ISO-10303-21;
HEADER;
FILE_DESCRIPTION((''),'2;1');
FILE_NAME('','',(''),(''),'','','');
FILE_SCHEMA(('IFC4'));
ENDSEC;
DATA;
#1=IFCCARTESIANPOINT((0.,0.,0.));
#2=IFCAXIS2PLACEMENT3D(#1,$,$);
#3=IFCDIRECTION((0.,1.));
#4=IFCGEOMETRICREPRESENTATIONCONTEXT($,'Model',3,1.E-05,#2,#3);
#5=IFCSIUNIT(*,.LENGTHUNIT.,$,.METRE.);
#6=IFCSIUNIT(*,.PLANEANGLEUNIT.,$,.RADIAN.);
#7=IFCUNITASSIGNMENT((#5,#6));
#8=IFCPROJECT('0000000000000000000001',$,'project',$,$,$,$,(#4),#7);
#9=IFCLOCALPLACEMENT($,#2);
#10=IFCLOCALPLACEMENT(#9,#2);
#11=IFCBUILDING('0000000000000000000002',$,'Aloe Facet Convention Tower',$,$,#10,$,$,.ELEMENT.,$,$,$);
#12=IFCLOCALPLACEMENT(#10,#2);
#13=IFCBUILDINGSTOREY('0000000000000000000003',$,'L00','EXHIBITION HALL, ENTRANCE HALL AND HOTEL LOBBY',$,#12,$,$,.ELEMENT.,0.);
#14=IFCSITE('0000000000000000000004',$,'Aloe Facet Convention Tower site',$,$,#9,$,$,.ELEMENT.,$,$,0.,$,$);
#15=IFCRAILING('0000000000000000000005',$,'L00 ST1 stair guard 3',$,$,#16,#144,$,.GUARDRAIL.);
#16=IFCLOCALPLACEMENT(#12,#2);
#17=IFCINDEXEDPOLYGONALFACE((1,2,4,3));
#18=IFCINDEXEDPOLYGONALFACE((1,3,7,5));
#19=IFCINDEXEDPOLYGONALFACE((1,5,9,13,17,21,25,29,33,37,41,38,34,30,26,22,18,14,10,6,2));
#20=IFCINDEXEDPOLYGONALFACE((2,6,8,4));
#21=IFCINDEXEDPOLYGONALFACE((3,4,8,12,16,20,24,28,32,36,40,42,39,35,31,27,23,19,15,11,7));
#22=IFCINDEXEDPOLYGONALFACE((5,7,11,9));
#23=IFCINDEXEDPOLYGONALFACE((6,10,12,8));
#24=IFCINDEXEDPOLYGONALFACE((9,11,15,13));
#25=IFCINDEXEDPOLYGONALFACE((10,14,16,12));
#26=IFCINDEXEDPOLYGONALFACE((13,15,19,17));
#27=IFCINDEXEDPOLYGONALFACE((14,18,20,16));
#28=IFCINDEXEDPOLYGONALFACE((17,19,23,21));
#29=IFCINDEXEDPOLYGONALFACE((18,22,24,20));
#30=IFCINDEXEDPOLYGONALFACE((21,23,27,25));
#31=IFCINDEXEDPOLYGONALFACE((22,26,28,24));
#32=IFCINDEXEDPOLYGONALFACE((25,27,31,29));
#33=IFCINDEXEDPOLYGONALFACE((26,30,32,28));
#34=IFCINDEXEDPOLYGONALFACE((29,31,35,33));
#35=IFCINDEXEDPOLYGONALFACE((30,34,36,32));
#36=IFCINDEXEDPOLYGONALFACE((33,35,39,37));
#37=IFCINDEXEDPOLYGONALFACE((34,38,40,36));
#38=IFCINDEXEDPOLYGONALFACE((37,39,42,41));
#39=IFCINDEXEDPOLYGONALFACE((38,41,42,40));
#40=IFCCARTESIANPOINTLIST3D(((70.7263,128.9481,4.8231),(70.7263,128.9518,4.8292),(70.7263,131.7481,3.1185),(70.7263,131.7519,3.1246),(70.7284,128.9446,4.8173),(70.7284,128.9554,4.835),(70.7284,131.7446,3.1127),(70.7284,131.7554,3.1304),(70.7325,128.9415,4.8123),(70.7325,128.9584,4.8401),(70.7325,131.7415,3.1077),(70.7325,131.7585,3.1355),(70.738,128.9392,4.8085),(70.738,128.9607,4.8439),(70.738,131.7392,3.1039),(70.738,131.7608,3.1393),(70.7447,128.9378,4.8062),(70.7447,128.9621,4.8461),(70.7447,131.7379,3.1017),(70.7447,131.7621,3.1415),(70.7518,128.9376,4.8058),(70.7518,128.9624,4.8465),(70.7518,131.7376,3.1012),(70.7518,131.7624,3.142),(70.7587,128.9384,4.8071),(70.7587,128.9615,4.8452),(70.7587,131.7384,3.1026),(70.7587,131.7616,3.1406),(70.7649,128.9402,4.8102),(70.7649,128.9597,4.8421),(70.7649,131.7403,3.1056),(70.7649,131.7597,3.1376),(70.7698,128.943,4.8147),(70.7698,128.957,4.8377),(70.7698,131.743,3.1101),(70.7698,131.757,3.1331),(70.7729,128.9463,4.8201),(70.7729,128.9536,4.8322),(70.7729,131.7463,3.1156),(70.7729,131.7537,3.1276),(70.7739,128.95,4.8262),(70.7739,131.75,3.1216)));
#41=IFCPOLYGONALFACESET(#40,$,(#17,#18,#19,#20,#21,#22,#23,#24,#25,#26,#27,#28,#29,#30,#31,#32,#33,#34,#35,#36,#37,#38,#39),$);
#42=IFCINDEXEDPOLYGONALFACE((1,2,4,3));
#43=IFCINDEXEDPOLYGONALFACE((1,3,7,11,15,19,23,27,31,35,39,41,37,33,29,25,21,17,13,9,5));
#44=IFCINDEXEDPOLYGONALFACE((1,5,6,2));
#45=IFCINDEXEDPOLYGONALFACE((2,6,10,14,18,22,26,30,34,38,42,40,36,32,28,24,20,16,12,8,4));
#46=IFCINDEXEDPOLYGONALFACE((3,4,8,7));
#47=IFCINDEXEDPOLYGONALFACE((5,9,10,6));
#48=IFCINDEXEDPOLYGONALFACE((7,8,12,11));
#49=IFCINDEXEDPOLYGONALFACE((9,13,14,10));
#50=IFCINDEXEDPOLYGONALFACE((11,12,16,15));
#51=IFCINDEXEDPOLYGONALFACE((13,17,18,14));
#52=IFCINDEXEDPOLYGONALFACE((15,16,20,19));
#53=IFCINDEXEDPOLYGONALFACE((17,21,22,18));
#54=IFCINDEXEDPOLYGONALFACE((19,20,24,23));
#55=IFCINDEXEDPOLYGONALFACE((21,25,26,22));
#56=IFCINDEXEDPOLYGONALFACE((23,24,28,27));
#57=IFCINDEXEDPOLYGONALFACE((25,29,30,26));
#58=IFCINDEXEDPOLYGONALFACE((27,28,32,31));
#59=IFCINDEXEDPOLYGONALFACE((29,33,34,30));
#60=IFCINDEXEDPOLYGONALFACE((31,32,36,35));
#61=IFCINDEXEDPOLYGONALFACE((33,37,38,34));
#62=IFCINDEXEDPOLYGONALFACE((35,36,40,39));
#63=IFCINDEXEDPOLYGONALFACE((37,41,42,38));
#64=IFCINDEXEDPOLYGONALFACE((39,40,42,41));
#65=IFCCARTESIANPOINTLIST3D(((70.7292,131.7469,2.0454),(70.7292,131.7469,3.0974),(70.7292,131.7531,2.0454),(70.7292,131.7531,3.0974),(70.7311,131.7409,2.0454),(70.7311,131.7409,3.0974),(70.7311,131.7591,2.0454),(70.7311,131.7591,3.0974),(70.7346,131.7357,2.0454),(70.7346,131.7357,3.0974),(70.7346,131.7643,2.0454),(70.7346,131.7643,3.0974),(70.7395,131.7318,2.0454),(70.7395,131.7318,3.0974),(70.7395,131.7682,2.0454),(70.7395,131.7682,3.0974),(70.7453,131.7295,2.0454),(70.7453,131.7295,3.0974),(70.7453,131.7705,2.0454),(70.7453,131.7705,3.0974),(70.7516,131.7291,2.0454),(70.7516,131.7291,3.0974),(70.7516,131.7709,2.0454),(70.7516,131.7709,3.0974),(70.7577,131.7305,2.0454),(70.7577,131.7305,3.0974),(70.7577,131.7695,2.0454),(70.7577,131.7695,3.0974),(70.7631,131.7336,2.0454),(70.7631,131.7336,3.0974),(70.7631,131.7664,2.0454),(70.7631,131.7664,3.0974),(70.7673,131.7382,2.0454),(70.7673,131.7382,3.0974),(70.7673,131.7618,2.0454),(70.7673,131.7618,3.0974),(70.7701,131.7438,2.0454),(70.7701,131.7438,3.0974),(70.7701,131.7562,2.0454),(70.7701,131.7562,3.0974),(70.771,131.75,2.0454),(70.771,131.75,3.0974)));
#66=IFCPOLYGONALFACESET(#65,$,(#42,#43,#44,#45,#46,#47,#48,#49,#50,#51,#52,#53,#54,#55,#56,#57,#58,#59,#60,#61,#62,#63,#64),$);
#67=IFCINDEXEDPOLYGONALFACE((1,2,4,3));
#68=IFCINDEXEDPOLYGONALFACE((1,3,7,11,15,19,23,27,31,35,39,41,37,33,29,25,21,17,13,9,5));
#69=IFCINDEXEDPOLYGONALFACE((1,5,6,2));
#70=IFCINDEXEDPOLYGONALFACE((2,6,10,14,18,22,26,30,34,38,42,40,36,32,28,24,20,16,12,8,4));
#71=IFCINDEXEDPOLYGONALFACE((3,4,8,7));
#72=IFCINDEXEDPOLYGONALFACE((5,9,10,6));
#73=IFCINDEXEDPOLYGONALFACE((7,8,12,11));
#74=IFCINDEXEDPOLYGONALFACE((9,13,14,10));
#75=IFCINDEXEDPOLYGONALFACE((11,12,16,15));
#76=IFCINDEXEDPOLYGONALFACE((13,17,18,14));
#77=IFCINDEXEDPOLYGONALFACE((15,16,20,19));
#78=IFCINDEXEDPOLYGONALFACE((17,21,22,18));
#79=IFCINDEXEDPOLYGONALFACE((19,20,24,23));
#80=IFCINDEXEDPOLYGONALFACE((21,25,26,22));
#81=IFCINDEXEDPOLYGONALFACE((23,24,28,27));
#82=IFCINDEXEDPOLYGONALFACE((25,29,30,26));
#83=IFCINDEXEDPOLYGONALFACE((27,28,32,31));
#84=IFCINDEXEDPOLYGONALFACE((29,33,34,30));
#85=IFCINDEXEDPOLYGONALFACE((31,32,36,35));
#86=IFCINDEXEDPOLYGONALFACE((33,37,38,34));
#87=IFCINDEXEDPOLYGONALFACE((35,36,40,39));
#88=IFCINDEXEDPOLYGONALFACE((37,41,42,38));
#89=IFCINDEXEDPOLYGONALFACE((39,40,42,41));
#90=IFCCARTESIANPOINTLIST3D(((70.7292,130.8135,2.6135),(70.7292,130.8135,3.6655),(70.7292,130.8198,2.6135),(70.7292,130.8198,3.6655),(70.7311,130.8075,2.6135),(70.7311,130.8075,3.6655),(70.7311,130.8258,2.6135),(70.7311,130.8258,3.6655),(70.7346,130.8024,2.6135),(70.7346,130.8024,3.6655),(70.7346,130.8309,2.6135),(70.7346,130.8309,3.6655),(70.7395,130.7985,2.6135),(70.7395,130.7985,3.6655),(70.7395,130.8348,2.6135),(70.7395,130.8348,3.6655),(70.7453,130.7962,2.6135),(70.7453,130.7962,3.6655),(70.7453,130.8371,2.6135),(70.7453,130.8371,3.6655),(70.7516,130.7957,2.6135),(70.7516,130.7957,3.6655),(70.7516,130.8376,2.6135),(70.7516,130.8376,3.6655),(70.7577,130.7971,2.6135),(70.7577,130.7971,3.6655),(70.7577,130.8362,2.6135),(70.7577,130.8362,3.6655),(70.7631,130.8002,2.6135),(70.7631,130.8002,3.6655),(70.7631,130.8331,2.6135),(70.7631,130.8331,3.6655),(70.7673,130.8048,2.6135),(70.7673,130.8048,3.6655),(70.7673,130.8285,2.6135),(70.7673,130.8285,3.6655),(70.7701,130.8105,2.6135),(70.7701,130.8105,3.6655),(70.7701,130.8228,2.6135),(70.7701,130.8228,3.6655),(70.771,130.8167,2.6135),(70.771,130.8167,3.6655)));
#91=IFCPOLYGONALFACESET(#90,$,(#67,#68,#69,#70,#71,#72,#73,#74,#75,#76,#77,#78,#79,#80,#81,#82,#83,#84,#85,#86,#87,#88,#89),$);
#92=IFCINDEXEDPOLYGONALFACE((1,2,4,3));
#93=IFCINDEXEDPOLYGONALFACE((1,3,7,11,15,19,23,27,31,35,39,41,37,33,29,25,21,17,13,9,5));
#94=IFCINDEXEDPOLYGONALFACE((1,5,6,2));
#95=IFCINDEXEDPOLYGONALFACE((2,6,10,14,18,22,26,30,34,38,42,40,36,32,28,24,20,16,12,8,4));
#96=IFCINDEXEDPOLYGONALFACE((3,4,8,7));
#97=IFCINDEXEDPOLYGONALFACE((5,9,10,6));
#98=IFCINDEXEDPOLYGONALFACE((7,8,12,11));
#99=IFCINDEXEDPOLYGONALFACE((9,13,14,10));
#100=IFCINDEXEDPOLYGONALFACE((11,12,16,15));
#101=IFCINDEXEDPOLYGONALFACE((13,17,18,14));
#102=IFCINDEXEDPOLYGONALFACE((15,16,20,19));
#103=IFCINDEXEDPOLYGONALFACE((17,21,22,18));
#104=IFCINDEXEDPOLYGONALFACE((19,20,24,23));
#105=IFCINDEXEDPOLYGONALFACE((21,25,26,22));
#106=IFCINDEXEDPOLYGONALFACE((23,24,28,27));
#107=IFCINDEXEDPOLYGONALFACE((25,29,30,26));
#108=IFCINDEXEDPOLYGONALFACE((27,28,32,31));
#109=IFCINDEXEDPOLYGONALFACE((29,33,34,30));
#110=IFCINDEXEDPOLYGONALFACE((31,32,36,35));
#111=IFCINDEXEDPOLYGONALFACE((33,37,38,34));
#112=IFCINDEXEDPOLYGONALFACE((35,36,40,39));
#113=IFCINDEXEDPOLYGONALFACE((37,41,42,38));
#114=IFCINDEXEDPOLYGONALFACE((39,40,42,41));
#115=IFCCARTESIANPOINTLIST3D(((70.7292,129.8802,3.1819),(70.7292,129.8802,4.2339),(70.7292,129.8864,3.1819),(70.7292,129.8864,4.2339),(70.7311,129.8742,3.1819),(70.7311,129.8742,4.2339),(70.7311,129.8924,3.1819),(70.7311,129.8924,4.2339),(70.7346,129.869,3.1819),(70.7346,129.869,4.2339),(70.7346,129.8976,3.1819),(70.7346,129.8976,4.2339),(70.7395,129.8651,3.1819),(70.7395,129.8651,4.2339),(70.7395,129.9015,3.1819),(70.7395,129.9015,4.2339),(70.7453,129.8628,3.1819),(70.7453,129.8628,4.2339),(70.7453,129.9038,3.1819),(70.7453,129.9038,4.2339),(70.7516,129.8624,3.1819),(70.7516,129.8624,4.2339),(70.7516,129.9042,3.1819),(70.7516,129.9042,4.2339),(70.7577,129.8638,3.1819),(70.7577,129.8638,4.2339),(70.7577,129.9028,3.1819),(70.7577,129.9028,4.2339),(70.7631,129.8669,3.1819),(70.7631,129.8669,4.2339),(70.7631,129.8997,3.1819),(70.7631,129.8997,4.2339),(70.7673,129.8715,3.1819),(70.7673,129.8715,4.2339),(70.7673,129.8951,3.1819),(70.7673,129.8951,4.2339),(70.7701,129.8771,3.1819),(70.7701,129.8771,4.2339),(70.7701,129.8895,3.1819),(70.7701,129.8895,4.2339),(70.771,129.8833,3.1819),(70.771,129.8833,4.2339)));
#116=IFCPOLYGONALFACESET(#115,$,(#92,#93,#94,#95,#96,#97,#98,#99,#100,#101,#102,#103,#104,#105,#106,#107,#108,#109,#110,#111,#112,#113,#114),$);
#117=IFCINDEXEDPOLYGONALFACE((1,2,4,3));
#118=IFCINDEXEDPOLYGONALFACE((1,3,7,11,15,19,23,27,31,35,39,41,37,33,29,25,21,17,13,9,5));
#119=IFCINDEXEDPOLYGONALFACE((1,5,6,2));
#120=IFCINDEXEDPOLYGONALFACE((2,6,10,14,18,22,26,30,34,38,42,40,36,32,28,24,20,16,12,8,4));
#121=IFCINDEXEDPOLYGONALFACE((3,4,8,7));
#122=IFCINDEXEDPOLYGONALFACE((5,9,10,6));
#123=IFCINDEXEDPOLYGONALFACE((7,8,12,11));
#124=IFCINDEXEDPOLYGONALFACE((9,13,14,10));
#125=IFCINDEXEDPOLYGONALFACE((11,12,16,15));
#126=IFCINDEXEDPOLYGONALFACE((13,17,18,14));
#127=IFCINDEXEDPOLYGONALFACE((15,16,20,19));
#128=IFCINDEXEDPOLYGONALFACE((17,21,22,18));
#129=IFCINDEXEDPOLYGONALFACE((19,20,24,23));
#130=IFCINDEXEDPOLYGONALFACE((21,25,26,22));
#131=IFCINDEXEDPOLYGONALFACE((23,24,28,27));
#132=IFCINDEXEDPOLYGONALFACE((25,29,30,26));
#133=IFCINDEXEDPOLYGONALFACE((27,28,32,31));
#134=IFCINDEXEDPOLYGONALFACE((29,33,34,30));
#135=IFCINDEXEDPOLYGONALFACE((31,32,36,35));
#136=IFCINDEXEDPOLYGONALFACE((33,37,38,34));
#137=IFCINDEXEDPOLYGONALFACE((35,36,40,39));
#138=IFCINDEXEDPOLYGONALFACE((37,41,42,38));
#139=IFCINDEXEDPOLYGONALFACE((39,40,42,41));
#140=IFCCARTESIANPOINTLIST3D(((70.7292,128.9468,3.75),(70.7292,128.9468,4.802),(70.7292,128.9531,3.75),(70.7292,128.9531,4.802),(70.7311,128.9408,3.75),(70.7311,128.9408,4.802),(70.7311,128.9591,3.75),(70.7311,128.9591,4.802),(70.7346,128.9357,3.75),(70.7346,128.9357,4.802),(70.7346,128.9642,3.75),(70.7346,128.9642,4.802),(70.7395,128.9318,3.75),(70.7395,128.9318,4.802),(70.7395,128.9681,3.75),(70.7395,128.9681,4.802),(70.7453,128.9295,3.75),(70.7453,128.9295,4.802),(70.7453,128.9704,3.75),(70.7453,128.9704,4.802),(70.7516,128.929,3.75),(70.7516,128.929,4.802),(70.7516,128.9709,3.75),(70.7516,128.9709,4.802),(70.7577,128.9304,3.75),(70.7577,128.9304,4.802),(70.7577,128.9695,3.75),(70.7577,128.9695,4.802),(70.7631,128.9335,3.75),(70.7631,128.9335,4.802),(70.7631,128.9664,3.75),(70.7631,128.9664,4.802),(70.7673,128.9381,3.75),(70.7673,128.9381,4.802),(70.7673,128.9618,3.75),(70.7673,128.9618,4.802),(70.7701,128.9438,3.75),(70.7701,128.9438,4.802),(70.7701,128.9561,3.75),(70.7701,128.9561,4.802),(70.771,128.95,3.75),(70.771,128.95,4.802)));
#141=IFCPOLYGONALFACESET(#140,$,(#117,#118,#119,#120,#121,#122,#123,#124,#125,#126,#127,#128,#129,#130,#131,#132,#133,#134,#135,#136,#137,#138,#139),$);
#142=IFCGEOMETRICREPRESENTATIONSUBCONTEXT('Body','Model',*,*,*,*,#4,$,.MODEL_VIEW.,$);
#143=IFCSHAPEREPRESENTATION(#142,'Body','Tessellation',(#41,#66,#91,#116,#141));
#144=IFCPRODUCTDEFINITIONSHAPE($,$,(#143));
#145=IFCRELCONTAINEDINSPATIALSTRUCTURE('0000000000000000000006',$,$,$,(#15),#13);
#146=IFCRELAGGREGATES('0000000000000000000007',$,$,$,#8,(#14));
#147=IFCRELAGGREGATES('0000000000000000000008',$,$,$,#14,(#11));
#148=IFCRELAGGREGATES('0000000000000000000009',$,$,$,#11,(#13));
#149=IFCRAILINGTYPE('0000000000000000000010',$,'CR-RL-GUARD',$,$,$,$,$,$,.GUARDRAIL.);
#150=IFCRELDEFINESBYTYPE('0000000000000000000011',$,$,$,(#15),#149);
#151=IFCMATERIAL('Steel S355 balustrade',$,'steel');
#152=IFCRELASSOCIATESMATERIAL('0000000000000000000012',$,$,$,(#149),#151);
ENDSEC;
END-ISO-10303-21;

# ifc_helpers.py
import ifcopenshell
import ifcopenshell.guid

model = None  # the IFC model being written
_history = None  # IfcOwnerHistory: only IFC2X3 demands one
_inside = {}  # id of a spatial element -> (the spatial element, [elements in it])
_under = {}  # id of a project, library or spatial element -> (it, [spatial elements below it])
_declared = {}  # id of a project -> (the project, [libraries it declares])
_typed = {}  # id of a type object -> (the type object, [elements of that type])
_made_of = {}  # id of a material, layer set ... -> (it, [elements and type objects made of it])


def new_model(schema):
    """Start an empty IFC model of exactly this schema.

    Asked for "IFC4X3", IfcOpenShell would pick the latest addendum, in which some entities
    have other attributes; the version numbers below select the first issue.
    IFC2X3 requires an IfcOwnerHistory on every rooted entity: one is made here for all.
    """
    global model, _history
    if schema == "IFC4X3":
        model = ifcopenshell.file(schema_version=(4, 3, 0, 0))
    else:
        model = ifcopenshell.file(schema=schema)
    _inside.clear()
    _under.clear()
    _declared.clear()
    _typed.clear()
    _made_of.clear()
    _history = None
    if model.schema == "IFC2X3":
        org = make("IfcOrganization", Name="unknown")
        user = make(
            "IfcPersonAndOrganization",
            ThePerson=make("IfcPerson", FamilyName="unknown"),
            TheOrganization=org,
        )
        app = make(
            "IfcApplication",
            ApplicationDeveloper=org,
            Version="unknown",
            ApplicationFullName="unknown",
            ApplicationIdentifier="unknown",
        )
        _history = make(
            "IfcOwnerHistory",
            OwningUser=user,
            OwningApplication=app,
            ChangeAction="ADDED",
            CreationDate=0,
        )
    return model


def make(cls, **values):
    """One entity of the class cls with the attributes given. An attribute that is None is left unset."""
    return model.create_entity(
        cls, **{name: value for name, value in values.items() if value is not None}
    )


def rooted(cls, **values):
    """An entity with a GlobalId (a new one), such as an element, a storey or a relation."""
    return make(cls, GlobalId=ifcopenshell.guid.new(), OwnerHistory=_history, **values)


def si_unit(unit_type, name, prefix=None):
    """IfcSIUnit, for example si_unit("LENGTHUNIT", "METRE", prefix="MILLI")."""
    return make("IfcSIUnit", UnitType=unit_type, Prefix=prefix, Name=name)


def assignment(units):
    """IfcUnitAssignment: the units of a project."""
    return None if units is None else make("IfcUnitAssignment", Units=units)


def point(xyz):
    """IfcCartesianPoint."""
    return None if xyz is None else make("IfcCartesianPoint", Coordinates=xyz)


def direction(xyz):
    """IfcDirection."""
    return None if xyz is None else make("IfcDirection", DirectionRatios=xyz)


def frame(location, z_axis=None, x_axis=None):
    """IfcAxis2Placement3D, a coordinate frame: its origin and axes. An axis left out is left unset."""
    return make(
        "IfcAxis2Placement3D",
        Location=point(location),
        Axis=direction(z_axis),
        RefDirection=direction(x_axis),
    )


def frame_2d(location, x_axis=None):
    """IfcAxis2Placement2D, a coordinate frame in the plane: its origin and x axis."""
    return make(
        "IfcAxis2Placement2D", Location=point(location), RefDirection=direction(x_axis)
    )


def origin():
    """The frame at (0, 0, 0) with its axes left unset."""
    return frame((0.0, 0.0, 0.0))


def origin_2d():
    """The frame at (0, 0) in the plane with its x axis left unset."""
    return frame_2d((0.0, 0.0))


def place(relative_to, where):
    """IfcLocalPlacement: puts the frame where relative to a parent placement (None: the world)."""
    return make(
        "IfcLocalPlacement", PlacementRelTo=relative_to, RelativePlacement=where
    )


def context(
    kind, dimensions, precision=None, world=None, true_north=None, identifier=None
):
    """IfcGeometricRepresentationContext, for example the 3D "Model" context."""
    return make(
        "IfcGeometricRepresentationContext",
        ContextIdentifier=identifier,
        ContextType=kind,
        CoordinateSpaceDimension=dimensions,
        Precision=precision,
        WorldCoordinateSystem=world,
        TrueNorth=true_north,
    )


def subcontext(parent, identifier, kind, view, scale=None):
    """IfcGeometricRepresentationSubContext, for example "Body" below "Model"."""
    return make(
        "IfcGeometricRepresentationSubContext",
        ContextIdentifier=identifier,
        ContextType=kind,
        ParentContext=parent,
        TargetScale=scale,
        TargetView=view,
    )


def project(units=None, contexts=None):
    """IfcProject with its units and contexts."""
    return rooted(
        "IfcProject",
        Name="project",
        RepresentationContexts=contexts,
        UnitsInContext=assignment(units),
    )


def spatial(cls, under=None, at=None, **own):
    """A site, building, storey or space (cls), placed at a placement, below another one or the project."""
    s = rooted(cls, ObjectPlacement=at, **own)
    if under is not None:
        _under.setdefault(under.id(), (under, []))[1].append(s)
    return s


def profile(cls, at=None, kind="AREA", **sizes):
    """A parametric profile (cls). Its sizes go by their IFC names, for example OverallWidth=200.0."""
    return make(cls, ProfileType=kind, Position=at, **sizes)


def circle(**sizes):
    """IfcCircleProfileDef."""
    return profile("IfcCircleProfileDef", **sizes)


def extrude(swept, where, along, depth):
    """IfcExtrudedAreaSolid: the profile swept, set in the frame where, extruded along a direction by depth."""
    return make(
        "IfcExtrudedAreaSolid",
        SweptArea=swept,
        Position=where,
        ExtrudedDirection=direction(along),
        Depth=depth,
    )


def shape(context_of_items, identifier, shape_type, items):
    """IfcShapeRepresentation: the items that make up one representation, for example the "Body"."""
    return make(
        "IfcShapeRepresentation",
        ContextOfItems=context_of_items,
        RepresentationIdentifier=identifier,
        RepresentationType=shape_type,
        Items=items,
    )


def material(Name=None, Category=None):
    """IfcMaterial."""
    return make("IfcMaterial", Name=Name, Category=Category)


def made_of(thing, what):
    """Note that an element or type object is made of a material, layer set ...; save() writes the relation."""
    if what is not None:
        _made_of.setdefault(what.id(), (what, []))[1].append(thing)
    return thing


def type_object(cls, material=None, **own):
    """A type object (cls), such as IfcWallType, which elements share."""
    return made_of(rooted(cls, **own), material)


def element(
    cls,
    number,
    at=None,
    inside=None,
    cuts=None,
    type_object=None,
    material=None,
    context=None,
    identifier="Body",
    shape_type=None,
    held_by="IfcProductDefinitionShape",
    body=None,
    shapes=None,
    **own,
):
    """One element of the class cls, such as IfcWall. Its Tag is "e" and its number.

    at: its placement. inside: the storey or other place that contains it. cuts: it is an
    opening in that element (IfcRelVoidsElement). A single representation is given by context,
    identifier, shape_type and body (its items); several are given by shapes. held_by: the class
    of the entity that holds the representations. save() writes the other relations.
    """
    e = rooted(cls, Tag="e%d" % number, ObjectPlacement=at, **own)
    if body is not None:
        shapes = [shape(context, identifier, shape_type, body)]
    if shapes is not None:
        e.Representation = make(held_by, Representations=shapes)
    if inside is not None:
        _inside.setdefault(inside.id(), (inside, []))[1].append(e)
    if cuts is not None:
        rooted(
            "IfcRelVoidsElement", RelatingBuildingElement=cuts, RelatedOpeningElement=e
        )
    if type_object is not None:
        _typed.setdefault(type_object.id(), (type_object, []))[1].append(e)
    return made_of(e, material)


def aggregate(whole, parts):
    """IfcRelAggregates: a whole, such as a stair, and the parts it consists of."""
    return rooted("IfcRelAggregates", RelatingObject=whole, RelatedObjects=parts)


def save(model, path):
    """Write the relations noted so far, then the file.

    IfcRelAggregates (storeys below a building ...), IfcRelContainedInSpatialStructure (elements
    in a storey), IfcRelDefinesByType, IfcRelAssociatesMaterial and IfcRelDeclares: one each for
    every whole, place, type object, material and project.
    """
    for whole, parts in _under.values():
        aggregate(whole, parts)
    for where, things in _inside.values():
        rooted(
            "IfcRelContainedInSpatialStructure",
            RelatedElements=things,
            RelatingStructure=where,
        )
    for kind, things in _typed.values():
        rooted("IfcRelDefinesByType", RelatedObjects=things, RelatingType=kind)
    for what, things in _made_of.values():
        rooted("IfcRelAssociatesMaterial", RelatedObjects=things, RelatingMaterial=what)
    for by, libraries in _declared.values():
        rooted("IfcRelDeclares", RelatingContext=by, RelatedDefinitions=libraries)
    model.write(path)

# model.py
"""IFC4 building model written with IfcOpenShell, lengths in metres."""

from ifc_helpers import new_model, si_unit, direction, frame, origin, origin_2d, place, context, subcontext, project, spatial, circle, extrude, material, type_object, element, save


model = new_model("IFC4")

# Units and contexts
model_context = context("Model", 3, precision=1e-05, world=origin(), true_north=direction((0.0, 1.0)))
body_context = subcontext(model_context, "Body", "Model", "MODEL_VIEW")
ifc_project = project(units=[si_unit("LENGTHUNIT", "METRE"), si_unit("PLANEANGLEUNIT", "RADIAN")], contexts=[model_context])

# Site, building, storey
site_placement = place(None, origin())
site = spatial("IfcSite", under=ifc_project, at=site_placement, Name="Aloe Facet Convention Tower site", CompositionType="ELEMENT", RefElevation=0.0)
building_placement = place(site_placement, origin())
building = spatial("IfcBuilding", under=site, at=building_placement, Name="Aloe Facet Convention Tower", CompositionType="ELEMENT")
storey_placement = place(building_placement, origin())
storey = spatial("IfcBuildingStorey", under=building, at=storey_placement, Name="L00", Description="EXHIBITION HALL, ENTRANCE HALL AND HOTEL LOBBY", CompositionType="ELEMENT", Elevation=0.0)

# Railing
ifc_material_1 = material(Name="Steel S355 balustrade", Category="steel")
railing_type_1 = type_object("IfcRailingType", Name="CR-RL-GUARD", PredefinedType="GUARDRAIL", material=ifc_material_1)
railing_1_placement = place(storey_placement, frame((70.75, 131.75, 2.0454)))
element("IfcRailing", 1, at=railing_1_placement, inside=storey, type_object=railing_type_1, Name="L00 ST1 stair guard 3", PredefinedType="GUARDRAIL", context=body_context, shape_type="SweptSolid", body=[
    extrude(circle(Radius=0.0239, at=origin_2d()), frame((0.0, 0.0, 1.0762), z_axis=(0.0, -0.85417, 0.519994), x_axis=(1.0, 0.0, 0.0)), (0.0, 0.0, 1.0), 3.2781),
    extrude(circle(Radius=0.021, at=origin_2d()), origin(), (0.0, 0.0, 1.0), 1.052),
    extrude(circle(Radius=0.021, at=origin_2d()), frame((0.0, -0.9333, 0.5681)), (0.0, 0.0, 1.0), 1.052),
    extrude(circle(Radius=0.021, at=origin_2d()), frame((0.0, -1.8667, 1.1365)), (0.0, 0.0, 1.0), 1.052),
    extrude(circle(Radius=0.021, at=origin_2d()), frame((0.0, -2.8, 1.7046)), (0.0, 0.0, 1.0), 1.052),
])

save(model, "model.ifc")
